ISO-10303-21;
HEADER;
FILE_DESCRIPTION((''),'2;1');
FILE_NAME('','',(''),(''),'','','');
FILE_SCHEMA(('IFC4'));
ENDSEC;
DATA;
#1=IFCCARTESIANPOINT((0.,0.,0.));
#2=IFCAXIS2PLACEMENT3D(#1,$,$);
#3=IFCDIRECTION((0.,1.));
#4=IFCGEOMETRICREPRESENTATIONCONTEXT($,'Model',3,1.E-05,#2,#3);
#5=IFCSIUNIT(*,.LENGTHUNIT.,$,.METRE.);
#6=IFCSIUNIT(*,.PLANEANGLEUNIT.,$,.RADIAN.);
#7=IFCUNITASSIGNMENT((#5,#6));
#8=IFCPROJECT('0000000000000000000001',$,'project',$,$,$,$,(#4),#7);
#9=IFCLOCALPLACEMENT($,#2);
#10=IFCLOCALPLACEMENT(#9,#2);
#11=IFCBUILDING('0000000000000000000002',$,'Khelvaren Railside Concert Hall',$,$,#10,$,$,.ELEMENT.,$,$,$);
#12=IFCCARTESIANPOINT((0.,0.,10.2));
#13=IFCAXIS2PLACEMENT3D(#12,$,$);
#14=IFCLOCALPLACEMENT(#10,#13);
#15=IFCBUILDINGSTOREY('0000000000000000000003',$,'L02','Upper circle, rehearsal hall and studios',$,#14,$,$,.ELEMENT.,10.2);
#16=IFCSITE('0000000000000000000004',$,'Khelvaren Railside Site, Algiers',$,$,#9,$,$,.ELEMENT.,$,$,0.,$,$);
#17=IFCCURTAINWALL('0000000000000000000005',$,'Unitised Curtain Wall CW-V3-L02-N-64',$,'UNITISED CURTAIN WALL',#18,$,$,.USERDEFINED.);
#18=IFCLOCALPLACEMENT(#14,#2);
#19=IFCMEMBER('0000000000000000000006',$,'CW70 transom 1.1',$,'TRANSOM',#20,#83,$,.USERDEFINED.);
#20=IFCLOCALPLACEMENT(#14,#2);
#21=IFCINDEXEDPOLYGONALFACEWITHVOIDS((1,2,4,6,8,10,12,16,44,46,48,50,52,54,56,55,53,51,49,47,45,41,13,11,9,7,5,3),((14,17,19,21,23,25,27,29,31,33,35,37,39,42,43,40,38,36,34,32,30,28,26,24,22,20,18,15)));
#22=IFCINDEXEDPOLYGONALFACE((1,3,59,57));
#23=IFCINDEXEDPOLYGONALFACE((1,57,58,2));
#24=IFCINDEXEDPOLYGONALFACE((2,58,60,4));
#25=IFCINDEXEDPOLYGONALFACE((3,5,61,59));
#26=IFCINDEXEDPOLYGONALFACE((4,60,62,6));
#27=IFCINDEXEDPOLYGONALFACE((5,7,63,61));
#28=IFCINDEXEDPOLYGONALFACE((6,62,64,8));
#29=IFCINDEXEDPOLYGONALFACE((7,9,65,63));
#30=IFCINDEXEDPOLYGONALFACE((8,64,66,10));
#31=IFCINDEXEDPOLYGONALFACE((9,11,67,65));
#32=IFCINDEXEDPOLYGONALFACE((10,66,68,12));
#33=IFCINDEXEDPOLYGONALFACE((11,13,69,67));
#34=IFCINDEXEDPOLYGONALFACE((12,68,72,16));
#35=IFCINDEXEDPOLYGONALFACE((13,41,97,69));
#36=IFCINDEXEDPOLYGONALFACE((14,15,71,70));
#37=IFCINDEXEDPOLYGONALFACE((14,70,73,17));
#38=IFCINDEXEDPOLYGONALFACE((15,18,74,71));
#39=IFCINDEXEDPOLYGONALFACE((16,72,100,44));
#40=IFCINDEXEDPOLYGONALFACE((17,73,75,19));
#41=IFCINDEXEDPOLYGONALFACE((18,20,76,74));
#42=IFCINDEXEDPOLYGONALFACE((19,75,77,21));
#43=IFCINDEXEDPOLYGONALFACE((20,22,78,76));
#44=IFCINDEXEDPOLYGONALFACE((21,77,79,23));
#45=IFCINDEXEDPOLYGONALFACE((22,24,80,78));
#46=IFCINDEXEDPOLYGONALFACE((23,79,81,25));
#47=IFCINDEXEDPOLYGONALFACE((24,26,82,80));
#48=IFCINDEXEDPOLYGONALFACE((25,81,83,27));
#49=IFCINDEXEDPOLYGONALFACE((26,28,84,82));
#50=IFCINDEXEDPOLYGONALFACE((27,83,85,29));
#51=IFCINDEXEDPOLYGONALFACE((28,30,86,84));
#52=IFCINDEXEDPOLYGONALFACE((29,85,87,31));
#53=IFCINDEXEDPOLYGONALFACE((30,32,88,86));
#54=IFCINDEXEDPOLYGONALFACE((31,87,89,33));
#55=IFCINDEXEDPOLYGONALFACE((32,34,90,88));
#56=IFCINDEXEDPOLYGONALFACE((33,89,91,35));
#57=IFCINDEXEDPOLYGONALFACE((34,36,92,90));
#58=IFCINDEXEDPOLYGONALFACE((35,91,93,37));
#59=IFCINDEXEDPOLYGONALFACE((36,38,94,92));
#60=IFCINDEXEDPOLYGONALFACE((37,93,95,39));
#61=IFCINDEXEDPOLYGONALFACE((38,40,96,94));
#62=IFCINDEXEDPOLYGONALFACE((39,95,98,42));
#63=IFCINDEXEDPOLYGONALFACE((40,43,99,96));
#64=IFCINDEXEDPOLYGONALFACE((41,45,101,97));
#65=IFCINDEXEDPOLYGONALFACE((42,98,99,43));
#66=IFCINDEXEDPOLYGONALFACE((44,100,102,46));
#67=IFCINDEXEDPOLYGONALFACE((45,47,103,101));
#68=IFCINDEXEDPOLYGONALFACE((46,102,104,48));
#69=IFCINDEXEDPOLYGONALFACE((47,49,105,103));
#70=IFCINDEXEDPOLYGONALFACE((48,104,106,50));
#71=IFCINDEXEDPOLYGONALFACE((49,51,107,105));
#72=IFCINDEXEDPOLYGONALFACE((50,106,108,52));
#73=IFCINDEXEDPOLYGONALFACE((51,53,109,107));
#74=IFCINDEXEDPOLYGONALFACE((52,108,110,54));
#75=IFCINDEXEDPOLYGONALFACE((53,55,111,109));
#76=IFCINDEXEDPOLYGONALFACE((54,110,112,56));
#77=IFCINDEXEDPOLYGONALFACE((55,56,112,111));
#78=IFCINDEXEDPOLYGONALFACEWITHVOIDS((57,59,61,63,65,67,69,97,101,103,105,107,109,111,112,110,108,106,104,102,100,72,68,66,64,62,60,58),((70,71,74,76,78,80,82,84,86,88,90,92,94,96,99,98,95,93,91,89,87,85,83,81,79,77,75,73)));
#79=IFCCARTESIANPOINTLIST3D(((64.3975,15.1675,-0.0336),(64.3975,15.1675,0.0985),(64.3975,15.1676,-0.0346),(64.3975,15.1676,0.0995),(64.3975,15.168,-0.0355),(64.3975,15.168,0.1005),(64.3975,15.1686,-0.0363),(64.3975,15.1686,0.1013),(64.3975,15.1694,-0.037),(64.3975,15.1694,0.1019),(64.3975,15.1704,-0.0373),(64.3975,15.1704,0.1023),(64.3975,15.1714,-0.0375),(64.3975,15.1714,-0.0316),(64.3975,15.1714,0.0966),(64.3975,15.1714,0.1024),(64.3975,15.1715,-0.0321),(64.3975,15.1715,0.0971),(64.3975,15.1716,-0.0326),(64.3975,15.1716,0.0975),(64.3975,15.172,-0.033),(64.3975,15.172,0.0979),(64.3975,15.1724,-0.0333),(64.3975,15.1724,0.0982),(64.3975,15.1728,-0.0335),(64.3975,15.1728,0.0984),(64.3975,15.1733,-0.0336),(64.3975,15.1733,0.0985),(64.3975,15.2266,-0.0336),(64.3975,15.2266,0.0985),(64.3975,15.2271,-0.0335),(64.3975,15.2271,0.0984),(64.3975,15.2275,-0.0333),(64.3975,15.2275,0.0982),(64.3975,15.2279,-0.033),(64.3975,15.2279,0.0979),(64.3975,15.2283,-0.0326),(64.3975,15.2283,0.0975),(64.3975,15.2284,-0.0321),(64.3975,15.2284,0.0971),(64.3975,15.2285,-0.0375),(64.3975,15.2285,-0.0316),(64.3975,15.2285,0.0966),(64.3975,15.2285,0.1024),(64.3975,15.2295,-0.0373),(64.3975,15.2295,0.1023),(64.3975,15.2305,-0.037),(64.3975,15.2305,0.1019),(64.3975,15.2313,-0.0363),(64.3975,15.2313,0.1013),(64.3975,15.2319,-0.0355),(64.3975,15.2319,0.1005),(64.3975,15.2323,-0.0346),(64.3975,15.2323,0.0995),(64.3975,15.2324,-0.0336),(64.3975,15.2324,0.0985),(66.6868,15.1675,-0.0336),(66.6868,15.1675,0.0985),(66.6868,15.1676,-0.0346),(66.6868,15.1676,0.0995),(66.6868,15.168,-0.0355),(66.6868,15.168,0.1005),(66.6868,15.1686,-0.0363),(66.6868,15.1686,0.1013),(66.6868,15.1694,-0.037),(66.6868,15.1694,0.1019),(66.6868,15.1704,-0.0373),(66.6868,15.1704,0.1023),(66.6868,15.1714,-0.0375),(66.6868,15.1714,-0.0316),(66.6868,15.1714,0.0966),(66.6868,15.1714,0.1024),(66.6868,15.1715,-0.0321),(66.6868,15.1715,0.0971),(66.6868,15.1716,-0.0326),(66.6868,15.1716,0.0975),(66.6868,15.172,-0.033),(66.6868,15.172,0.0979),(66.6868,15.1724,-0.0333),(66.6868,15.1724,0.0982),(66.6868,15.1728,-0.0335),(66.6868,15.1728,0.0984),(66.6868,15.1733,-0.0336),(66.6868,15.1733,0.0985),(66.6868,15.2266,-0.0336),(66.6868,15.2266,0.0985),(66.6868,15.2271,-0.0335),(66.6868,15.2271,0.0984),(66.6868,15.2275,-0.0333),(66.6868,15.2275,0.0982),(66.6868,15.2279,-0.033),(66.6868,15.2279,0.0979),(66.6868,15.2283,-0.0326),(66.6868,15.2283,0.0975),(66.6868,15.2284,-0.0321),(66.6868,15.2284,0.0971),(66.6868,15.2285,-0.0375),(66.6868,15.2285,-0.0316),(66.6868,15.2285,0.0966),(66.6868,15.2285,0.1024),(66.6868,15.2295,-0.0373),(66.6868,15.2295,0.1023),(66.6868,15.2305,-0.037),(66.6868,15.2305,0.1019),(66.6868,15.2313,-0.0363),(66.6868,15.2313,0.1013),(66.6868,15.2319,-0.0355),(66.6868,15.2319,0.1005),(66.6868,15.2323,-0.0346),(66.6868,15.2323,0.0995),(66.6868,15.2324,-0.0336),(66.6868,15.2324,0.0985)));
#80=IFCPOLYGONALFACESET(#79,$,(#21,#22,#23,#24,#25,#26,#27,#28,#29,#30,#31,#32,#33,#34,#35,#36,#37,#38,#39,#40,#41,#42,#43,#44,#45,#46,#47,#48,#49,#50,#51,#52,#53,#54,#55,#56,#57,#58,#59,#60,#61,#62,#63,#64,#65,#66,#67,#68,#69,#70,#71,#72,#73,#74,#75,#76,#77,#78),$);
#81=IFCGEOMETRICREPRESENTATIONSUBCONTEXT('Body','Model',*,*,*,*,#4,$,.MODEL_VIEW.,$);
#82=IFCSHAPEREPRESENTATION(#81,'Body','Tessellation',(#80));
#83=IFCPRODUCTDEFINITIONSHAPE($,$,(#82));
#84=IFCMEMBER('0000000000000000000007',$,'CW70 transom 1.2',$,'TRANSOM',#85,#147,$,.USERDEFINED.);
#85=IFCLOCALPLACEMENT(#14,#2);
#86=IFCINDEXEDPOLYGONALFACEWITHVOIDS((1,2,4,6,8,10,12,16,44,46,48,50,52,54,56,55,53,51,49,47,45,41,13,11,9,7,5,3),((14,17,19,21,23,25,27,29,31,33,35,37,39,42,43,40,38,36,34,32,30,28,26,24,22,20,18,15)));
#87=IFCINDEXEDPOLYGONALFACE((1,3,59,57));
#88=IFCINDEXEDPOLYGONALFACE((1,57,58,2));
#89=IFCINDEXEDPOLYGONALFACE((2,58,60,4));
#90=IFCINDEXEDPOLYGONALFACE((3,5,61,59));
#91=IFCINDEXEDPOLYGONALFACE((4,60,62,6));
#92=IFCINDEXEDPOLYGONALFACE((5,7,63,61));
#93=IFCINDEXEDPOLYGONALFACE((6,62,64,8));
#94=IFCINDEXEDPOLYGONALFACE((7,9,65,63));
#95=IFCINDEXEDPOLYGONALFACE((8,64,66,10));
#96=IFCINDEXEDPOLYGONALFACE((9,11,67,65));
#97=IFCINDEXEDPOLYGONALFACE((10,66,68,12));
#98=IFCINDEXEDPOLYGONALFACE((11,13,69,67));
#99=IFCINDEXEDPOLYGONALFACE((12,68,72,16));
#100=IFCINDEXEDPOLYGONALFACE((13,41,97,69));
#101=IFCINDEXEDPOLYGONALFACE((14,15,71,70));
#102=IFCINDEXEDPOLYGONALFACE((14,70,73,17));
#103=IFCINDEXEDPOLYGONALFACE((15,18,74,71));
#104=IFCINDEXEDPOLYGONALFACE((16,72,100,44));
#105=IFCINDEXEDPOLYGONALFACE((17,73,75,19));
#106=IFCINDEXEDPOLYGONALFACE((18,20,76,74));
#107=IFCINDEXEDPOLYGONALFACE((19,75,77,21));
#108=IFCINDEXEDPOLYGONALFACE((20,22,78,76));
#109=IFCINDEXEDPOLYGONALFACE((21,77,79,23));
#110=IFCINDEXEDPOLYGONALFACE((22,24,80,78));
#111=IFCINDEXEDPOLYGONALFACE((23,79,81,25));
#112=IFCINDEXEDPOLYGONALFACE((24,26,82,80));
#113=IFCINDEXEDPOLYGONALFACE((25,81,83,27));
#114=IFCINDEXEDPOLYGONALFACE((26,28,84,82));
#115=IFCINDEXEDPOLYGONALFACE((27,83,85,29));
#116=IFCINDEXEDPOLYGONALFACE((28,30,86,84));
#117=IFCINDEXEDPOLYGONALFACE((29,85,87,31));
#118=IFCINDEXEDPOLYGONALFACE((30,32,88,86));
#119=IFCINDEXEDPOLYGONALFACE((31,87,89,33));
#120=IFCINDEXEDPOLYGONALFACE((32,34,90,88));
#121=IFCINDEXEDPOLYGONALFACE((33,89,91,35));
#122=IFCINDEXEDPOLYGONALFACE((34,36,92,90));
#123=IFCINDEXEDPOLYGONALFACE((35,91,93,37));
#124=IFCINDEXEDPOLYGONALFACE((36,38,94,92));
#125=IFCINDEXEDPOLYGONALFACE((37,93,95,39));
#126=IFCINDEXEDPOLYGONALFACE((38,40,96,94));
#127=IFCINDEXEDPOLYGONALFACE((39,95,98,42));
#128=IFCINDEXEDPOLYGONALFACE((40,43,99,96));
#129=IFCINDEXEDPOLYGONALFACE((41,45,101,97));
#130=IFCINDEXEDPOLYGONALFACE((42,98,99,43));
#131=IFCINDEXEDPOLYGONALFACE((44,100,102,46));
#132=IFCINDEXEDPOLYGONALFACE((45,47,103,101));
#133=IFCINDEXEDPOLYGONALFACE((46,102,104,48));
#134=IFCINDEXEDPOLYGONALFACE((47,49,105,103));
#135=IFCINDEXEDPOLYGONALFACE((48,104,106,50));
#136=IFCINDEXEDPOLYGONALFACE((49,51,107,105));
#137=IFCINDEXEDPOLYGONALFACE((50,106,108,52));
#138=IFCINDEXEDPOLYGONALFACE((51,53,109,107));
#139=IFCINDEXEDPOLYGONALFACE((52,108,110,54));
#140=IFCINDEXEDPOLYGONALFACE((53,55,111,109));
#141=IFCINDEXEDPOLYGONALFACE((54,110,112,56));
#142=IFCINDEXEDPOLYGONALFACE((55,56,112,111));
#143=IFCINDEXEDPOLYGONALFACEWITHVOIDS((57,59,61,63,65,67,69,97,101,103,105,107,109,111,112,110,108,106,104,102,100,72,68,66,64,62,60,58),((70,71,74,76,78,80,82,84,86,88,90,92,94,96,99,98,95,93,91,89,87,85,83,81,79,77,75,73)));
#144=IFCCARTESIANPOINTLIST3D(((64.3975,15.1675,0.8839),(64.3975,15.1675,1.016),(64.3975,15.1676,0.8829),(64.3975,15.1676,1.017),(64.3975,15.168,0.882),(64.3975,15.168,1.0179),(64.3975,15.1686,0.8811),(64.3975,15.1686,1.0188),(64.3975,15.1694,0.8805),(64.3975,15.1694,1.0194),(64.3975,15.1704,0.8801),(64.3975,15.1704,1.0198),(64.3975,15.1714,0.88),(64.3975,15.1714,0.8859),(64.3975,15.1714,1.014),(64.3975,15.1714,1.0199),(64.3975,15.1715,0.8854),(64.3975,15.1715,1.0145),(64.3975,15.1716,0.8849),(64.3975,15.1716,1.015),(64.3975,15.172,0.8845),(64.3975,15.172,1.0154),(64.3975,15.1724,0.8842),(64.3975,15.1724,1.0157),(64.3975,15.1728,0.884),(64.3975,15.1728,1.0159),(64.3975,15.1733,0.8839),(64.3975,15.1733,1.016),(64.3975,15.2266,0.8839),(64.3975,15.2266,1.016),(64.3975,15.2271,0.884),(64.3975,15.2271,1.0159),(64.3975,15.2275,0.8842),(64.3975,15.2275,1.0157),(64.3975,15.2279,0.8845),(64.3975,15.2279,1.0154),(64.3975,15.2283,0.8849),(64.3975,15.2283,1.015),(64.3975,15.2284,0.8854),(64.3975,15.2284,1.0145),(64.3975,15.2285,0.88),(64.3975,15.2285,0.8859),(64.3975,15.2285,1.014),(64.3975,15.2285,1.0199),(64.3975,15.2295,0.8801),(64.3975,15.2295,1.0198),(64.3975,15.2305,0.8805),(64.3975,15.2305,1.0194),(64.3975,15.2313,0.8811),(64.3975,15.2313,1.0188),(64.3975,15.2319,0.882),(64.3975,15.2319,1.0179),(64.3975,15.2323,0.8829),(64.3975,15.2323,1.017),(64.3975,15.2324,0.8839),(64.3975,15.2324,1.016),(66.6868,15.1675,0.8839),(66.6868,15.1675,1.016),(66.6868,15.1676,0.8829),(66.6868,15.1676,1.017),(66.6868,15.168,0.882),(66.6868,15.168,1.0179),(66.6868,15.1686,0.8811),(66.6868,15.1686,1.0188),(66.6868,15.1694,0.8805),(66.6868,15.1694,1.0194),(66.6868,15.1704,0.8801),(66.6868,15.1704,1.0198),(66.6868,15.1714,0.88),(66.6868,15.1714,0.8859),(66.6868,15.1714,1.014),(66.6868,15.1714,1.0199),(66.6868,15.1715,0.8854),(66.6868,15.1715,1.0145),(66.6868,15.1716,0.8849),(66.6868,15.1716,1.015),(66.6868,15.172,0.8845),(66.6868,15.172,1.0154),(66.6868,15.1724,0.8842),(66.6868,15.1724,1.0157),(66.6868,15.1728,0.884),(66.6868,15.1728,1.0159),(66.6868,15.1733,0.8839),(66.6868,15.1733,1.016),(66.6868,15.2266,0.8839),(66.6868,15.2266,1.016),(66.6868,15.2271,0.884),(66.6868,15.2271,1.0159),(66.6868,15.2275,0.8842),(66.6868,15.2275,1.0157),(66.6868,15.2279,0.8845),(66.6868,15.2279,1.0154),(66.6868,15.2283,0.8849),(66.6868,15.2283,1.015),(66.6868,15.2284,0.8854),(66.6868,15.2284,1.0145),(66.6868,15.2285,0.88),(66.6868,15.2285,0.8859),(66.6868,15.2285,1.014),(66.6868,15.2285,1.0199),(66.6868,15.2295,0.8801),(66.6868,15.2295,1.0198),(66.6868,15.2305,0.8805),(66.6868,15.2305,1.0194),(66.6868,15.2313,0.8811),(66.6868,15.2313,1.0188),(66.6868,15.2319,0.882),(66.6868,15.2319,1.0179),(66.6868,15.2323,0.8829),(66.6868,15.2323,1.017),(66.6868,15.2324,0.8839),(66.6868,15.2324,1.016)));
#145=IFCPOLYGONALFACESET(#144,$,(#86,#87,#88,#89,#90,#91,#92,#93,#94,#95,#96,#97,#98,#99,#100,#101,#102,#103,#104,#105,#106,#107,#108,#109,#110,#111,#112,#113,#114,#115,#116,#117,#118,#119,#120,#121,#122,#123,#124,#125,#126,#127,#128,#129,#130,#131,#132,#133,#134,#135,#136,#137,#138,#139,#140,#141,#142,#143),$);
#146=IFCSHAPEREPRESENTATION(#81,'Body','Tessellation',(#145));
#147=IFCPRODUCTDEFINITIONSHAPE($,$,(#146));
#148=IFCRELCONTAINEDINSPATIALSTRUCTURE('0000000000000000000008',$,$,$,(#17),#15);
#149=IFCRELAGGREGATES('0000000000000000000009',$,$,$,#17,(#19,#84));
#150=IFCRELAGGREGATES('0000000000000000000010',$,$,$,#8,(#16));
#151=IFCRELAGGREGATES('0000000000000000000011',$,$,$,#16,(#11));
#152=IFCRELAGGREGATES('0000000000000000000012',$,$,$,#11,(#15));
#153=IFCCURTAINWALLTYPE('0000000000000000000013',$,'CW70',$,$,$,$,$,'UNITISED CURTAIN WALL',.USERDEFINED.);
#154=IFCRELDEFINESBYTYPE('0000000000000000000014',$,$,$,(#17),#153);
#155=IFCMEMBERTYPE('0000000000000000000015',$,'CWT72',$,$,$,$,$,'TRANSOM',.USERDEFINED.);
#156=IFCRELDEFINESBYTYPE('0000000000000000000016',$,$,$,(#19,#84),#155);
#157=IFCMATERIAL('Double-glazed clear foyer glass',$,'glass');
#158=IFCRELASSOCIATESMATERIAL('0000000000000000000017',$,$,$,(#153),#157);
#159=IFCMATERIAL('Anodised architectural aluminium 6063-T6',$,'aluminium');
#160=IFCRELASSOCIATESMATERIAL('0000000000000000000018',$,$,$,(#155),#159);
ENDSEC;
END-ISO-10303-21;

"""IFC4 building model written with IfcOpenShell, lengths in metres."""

from ifc_helpers import new_model, si_unit, direction, frame, origin, origin_2d, place, context, subcontext, project, spatial, hollow_rectangle, extrude, material, material_profile, profile_set, type_object, element, aggregate, save


model = new_model("IFC4")

# Units and contexts
model_context = context("Model", 3, precision=1e-05, world=origin(), true_north=direction((0.0, 1.0)))
body_context = subcontext(model_context, "Body", "Model", "MODEL_VIEW")
ifc_project = project(units=[si_unit("LENGTHUNIT", "METRE"), si_unit("PLANEANGLEUNIT", "RADIAN")], contexts=[model_context])

# Site, building, storey
site_placement = place(None, origin())
site = spatial("IfcSite", under=ifc_project, at=site_placement, Name="Khelvaren Railside Site, Algiers", CompositionType="ELEMENT", RefElevation=0.0)
building_placement = place(site_placement, origin())
building = spatial("IfcBuilding", under=site, at=building_placement, Name="Khelvaren Railside Concert Hall", CompositionType="ELEMENT")
storey_placement = place(building_placement, frame((0.0, 0.0, 10.2)))
storey = spatial("IfcBuildingStorey", under=building, at=storey_placement, Name="L02", Description="Upper circle, rehearsal hall and studios", CompositionType="ELEMENT", Elevation=10.2)

# Curtain wall
ifc_material_1 = material(Name="Double-glazed clear foyer glass", Category="glass")
curtain_wall_type_1 = type_object("IfcCurtainWallType", Name="CW70", ElementType="UNITISED CURTAIN WALL", PredefinedType="USERDEFINED", material=ifc_material_1)
curtain_wall_1_placement = place(storey_placement, origin())
curtain_wall_1 = element("IfcCurtainWall", 1, at=curtain_wall_1_placement, inside=storey, type_object=curtain_wall_type_1, Name="Unitised Curtain Wall CW-V3-L02-N-64", ObjectType="UNITISED CURTAIN WALL", PredefinedType="USERDEFINED")
ifc_material_2 = material(Name="Anodised architectural aluminium 6063-T6", Category="aluminium")

# Members
ifc_material_profile_1 = material_profile(ifc_material_2, hollow_rectangle(XDim=0.0649, YDim=0.1399, WallThickness=0.0039, InnerFilletRadius=0.002, OuterFilletRadius=0.0039, at=origin_2d()), Name="CWT 65x140x4")
ifc_profile_set_1 = profile_set([ifc_material_profile_1], Name="Anodised architectural aluminium 6063-T6")
member_type_1 = type_object("IfcMemberType", Name="CWT72", ElementType="TRANSOM", PredefinedType="USERDEFINED", material=ifc_profile_set_1)
member_1_placement = place(storey_placement, frame((64.3975, 15.2, 0.0325), z_axis=(1.0, 0.0, 0.0), x_axis=(0.0, 1.0, 0.0)))
member_1 = element("IfcMember", 2, at=member_1_placement, type_object=member_type_1, Name="CW70 transom 1.1", ObjectType="TRANSOM", PredefinedType="USERDEFINED", context=body_context, shape_type="SweptSolid", body=[
    extrude(hollow_rectangle(XDim=0.0649, YDim=0.1399, WallThickness=0.0039, InnerFilletRadius=0.002, OuterFilletRadius=0.0039, at=origin_2d()), origin(), (0.0, 0.0, 1.0), 2.2893),
])
member_2_placement = place(storey_placement, frame((64.3975, 15.2, 0.95), z_axis=(1.0, 0.0, 0.0), x_axis=(0.0, 1.0, 0.0)))
member_2 = element("IfcMember", 3, at=member_2_placement, type_object=member_type_1, Name="CW70 transom 1.2", ObjectType="TRANSOM", PredefinedType="USERDEFINED", context=body_context, shape_type="SweptSolid", body=[
    extrude(hollow_rectangle(XDim=0.0649, YDim=0.1399, WallThickness=0.0039, InnerFilletRadius=0.002, OuterFilletRadius=0.0039, at=origin_2d()), origin(), (0.0, 0.0, 1.0), 2.2893),
])
aggregate(curtain_wall_1, [member_1, member_2])

save(model, "model.ifc")
